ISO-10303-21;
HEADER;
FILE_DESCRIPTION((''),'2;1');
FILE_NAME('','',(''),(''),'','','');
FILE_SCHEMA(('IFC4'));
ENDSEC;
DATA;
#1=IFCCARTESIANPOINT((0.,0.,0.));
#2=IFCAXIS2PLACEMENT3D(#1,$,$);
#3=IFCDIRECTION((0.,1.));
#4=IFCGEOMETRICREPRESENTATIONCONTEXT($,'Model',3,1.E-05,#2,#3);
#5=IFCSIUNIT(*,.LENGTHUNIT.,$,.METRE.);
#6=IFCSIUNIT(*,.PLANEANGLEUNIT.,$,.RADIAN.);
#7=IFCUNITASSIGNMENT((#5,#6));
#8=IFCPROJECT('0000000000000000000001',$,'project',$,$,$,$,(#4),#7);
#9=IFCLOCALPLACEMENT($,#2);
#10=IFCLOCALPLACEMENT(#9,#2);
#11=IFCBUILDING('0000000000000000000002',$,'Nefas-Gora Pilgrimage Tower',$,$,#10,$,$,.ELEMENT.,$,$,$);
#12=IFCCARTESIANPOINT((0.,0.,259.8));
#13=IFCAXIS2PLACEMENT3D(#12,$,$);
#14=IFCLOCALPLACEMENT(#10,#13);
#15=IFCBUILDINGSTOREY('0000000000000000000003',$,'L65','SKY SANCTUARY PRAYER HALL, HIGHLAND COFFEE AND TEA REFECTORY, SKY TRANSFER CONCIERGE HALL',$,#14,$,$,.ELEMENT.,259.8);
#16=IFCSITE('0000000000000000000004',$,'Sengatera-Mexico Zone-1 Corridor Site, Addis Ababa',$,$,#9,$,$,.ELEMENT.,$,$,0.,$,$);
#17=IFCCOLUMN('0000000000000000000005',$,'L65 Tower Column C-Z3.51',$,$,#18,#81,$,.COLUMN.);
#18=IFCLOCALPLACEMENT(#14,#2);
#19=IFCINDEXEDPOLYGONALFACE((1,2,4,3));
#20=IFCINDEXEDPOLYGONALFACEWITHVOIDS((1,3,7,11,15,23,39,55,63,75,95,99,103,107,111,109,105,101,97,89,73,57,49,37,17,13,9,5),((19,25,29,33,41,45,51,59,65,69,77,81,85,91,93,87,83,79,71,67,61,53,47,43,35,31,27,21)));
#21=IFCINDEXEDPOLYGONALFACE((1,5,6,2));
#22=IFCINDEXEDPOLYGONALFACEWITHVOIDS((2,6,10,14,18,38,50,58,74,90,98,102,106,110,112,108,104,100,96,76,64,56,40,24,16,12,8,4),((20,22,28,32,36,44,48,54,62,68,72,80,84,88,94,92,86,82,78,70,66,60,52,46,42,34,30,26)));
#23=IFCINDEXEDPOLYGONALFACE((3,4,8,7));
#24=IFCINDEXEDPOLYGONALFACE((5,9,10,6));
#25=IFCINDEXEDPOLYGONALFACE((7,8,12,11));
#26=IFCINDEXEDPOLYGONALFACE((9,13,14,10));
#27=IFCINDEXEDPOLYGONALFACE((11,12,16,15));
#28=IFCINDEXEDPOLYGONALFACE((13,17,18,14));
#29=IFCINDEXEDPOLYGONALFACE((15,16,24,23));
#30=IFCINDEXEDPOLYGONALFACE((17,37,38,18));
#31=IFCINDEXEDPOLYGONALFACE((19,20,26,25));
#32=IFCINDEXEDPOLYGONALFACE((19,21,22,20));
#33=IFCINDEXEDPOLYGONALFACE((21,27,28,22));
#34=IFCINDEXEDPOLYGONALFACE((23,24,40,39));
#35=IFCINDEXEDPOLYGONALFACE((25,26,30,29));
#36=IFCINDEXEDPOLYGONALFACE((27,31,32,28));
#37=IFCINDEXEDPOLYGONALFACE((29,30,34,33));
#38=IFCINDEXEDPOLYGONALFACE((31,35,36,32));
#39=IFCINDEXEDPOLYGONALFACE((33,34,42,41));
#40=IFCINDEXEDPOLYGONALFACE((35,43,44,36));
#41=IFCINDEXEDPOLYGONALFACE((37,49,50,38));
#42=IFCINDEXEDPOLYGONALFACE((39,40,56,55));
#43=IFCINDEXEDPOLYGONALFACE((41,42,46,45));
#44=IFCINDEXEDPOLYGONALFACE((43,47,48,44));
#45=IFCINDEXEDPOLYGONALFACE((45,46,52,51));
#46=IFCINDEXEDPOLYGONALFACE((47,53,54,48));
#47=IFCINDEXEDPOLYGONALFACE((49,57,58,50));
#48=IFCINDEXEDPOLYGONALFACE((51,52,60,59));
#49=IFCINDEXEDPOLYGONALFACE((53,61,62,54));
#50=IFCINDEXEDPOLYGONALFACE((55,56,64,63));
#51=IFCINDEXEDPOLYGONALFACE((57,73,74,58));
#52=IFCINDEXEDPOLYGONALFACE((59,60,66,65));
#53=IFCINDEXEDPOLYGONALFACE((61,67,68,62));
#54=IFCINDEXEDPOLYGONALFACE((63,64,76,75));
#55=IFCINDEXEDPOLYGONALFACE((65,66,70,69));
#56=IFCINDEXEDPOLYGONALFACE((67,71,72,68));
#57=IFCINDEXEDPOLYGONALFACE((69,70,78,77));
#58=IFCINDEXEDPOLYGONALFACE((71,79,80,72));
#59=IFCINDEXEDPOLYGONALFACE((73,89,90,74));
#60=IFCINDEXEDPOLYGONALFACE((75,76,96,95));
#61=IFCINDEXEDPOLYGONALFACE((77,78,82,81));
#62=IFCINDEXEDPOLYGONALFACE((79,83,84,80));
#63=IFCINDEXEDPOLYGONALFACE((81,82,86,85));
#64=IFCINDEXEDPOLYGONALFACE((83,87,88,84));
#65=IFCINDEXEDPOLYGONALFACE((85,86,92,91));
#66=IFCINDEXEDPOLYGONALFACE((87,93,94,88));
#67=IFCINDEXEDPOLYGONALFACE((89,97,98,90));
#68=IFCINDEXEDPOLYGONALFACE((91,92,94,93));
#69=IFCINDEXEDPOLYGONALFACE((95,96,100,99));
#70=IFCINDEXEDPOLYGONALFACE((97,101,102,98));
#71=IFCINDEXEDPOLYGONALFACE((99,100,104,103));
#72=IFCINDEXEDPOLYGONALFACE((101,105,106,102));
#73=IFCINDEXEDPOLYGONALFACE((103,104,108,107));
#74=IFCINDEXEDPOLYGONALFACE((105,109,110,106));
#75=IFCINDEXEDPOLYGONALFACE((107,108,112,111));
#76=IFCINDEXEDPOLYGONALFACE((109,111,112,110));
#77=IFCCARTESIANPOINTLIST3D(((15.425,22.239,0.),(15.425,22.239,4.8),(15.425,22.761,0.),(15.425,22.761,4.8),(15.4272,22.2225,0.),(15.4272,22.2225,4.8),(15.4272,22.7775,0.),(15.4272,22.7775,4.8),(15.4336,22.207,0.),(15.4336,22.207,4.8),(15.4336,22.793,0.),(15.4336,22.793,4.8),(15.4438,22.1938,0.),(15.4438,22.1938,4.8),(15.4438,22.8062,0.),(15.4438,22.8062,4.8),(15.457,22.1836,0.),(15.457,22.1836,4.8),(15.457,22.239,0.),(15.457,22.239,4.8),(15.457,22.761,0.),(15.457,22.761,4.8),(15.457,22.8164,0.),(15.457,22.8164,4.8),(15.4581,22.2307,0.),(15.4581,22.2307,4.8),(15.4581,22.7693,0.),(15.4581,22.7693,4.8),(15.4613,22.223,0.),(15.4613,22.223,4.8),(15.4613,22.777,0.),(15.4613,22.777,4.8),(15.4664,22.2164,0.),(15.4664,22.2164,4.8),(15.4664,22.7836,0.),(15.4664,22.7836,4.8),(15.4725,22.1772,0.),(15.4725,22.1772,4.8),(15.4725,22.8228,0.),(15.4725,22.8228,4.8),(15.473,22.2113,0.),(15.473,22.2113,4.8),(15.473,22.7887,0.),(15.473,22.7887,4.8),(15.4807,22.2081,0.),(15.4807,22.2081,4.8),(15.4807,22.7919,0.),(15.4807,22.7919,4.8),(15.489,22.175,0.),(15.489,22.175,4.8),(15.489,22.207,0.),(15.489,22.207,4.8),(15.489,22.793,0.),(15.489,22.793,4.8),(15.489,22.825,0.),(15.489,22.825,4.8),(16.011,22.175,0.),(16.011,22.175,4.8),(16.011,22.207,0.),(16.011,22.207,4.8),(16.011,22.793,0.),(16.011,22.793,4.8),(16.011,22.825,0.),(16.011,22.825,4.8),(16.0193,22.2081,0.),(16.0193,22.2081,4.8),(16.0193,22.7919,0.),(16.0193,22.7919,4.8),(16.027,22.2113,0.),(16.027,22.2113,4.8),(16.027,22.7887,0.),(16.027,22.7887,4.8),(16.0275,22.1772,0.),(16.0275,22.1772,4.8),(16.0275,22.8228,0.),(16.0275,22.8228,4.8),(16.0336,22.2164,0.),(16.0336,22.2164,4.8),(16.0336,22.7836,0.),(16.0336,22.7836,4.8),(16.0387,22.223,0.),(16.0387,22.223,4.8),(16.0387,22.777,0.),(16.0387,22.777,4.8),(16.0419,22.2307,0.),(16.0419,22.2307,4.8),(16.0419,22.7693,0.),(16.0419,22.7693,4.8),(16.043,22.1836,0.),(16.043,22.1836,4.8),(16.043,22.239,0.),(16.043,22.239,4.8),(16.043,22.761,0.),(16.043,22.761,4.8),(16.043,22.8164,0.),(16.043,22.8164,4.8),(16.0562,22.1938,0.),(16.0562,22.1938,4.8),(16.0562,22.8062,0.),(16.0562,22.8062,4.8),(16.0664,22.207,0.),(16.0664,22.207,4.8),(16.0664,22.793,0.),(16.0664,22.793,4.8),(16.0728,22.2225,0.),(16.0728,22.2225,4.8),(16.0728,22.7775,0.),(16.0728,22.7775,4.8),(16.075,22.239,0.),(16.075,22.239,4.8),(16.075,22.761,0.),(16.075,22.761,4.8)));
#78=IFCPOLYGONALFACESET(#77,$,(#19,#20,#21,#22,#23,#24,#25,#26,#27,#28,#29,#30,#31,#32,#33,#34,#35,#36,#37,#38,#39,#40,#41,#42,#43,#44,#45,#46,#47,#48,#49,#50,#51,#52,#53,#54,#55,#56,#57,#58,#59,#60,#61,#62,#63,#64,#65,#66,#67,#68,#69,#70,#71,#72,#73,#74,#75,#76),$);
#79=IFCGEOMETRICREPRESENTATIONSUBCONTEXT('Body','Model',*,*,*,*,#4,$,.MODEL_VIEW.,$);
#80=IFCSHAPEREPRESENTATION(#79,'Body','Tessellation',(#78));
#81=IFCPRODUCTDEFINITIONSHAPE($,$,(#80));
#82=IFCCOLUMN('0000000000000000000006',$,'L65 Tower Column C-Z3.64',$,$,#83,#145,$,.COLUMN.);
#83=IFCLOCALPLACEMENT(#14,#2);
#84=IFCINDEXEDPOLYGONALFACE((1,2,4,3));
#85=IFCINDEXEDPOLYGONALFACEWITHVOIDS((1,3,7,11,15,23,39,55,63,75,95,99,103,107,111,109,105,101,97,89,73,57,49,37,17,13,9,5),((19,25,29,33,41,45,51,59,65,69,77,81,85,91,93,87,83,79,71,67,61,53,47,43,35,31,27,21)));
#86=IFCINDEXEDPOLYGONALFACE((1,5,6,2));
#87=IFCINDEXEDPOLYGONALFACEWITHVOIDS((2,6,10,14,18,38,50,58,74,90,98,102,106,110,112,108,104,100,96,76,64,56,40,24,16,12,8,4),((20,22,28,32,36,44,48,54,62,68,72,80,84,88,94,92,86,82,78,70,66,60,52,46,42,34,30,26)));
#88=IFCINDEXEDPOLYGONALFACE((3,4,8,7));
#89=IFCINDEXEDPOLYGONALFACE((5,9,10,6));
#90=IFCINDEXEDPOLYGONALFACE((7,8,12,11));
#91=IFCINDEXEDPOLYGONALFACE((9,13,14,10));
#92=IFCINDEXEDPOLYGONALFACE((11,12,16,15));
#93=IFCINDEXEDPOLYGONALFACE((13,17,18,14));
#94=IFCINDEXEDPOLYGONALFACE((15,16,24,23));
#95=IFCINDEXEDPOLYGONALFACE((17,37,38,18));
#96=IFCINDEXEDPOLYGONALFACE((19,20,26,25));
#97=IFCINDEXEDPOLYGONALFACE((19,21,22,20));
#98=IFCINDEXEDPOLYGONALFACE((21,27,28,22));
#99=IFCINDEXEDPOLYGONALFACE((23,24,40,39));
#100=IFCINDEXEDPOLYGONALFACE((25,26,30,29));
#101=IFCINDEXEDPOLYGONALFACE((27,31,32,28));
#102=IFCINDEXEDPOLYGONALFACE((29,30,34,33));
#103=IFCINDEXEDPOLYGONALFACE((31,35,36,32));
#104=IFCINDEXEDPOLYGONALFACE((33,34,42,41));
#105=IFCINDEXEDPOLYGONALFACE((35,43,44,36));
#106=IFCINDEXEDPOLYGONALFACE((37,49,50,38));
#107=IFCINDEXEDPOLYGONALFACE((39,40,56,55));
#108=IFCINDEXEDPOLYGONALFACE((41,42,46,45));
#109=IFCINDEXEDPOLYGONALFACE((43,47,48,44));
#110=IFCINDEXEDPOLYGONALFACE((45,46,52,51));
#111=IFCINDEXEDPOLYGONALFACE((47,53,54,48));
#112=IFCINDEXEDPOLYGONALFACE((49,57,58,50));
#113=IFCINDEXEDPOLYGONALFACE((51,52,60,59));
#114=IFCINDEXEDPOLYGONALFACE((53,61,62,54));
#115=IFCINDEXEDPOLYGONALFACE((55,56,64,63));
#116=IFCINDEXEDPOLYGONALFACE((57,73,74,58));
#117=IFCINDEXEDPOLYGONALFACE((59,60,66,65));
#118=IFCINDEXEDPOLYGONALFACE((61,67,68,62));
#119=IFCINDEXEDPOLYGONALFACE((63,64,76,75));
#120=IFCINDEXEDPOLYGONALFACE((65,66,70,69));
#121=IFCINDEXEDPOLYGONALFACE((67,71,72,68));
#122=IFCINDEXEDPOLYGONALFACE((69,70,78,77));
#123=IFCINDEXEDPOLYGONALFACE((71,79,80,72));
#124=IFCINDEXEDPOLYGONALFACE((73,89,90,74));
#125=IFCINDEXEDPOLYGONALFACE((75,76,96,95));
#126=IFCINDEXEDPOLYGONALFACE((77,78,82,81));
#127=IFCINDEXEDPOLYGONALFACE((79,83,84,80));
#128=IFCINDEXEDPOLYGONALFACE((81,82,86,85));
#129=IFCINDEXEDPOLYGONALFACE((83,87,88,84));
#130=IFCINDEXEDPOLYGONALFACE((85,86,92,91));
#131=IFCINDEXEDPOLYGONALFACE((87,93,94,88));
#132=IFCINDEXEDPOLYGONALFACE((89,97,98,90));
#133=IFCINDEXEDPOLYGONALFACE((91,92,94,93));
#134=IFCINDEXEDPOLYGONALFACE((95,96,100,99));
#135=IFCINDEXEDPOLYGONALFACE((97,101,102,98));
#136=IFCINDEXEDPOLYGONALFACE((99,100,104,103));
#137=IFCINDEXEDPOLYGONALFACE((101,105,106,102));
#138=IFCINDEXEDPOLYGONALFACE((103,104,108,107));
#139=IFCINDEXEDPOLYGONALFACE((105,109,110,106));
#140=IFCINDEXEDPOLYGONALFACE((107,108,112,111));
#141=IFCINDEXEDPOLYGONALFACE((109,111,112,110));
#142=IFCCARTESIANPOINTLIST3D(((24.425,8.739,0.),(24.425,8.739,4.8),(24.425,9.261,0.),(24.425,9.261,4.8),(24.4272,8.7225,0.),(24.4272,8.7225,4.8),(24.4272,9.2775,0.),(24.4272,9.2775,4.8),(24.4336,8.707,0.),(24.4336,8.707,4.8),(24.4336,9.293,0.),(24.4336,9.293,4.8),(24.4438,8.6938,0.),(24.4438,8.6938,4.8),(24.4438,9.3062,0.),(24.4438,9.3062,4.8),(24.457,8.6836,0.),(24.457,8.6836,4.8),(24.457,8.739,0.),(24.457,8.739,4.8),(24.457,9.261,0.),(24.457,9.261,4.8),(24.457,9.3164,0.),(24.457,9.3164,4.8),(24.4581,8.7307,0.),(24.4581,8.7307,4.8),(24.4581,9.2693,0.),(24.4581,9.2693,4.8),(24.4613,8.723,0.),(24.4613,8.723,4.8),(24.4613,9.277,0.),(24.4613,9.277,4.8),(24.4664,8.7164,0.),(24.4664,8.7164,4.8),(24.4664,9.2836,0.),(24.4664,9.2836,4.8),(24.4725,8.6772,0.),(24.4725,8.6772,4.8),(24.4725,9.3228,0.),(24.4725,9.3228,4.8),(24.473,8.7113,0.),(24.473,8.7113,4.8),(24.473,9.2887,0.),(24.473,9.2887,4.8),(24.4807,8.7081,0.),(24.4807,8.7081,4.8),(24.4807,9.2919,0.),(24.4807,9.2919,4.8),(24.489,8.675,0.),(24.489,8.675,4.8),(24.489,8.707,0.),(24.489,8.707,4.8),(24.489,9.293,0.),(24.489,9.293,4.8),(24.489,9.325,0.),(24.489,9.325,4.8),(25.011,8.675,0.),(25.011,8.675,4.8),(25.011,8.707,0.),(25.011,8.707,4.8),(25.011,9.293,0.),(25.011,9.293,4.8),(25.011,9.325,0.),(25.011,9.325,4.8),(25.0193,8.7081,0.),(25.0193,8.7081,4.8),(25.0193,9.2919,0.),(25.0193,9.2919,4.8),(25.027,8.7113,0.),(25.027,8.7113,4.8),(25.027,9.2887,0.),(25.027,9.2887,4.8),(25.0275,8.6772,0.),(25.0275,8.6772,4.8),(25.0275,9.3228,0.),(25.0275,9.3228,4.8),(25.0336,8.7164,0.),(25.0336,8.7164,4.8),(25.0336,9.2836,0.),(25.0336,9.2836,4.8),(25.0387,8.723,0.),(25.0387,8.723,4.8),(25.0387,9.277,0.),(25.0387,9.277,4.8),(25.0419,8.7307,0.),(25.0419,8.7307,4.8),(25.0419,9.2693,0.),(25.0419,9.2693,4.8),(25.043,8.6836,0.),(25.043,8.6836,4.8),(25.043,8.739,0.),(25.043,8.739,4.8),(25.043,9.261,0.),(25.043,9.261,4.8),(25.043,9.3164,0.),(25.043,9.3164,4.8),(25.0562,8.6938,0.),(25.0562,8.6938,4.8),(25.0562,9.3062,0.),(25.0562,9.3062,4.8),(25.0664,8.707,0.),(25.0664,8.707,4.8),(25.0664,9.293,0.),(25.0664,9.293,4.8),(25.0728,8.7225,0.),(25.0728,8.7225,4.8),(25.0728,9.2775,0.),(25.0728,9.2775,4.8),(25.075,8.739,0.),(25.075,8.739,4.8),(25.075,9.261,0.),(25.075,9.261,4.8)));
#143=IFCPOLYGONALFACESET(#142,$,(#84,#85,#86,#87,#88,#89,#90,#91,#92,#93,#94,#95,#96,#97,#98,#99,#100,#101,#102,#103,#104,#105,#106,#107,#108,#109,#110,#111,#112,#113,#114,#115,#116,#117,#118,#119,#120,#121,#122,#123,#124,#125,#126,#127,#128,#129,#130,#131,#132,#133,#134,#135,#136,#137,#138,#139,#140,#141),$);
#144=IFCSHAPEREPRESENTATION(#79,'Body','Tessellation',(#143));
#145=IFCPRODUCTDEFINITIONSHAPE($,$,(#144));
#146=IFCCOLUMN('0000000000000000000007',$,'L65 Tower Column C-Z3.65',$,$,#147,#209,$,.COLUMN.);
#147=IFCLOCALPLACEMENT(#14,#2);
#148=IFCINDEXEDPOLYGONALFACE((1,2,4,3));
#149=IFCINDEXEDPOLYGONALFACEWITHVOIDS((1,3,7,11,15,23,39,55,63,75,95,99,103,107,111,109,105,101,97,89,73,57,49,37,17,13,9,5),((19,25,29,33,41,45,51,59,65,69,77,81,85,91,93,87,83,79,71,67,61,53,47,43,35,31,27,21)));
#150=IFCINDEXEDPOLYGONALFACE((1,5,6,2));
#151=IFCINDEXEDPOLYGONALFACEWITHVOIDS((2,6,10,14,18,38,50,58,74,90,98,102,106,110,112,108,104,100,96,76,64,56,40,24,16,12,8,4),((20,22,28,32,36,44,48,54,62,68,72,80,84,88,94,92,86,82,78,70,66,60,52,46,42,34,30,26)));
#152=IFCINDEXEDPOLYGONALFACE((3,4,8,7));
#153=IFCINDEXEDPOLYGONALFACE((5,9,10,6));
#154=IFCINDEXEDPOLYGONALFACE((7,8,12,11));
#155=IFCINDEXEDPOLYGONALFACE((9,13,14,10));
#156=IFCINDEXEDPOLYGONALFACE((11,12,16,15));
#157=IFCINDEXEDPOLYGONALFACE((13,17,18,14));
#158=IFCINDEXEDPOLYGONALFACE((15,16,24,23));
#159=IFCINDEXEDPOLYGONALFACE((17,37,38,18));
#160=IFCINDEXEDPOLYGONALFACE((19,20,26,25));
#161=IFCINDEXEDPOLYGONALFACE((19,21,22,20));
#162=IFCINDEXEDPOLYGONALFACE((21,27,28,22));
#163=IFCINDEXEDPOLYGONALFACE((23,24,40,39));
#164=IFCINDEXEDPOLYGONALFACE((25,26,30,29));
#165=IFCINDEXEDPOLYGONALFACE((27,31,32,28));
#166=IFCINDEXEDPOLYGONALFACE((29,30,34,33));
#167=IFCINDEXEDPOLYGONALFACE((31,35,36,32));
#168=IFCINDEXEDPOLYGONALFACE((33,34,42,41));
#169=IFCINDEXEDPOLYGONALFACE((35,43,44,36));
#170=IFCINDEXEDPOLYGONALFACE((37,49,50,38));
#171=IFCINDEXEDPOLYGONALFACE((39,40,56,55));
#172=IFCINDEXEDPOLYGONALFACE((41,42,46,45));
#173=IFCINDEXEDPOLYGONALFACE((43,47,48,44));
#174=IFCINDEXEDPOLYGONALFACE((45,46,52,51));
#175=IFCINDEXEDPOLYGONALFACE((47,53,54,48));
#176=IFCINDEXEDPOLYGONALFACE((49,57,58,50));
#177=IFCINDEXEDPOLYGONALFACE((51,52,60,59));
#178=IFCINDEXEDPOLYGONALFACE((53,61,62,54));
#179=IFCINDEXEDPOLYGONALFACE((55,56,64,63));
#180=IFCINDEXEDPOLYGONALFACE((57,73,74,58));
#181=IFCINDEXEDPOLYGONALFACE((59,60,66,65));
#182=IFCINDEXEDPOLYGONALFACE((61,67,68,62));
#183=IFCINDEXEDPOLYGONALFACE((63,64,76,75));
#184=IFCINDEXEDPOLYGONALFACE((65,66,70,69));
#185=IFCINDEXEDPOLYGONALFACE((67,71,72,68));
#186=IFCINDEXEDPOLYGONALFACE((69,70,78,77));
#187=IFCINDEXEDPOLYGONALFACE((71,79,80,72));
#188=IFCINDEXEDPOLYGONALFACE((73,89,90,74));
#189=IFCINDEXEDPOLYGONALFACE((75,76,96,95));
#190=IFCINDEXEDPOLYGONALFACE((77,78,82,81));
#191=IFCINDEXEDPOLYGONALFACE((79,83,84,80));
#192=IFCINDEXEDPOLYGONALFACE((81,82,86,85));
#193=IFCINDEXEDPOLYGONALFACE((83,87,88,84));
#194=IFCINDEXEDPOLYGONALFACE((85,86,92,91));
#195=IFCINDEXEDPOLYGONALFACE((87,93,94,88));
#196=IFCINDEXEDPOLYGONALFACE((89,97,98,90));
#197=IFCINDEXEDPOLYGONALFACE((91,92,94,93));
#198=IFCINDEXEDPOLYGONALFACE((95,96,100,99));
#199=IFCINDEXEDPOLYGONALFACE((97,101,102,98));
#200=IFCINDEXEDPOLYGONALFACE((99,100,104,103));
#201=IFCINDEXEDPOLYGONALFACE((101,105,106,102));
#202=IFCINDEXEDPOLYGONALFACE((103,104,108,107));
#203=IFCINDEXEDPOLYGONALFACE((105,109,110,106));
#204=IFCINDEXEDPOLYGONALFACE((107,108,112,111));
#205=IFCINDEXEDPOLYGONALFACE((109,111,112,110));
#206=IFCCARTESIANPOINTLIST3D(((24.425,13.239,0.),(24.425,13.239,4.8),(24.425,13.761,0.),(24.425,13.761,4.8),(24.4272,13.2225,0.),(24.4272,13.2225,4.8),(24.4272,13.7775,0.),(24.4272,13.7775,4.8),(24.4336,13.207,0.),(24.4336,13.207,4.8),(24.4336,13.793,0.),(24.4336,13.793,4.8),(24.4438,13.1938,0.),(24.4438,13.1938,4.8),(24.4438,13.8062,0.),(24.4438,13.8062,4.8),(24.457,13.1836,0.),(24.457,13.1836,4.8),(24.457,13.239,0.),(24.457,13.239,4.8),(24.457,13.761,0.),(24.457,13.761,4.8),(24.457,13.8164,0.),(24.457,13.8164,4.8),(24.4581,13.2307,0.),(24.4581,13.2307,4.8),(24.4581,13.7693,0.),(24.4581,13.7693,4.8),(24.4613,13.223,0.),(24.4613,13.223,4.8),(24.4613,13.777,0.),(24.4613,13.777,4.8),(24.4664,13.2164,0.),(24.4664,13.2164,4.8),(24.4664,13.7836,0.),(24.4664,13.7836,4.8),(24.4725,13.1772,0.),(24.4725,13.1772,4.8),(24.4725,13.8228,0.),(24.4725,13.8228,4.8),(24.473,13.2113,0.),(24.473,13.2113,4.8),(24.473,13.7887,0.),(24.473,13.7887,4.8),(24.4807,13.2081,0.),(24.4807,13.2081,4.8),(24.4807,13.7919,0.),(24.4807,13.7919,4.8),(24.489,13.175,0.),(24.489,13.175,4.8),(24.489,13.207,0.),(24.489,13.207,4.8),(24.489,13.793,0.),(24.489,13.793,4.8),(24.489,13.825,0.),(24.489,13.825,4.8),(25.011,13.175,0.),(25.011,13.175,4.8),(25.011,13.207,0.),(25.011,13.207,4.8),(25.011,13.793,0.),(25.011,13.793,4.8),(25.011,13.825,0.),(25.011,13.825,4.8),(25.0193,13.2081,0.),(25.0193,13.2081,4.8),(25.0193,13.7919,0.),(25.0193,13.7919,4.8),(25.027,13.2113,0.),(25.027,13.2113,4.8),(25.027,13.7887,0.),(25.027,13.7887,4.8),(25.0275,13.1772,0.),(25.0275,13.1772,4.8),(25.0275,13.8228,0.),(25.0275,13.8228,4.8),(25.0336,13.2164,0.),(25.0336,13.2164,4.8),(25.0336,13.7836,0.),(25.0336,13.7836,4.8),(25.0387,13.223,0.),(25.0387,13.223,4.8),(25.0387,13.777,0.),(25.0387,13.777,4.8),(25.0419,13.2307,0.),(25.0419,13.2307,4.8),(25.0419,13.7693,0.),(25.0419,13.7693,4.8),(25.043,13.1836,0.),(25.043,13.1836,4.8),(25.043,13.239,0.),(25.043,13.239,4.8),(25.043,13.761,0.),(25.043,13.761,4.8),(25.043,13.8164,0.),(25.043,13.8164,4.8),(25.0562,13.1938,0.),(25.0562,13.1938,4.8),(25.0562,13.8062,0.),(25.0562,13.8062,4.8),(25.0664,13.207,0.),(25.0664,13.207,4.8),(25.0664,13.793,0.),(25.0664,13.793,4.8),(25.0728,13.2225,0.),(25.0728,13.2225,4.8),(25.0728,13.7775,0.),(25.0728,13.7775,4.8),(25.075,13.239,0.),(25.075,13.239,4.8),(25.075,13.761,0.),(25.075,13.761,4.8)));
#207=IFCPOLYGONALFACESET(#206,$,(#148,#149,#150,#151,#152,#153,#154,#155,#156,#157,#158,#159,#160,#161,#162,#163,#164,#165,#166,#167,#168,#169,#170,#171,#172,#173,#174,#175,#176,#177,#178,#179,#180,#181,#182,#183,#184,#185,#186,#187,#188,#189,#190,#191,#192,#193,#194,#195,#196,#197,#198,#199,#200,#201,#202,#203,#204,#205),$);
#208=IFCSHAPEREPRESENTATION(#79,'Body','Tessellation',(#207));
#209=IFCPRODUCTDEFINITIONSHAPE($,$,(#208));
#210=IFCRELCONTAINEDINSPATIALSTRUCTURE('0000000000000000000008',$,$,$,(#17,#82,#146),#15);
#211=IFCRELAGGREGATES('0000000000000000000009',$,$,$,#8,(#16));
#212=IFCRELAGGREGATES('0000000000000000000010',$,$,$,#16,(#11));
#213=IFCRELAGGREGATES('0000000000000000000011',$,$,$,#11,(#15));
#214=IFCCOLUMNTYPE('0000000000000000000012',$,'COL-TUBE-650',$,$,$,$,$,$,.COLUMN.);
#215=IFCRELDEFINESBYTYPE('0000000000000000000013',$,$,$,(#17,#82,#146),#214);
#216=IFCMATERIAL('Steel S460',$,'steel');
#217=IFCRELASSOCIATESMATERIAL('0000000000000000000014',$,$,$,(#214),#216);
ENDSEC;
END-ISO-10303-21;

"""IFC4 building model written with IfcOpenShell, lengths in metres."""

from ifc_helpers import new_model, si_unit, direction, frame, origin, origin_2d, place, context, subcontext, project, spatial, hollow_rectangle, extrude, source, transform, mapped, material, material_profile, profile_set, type_object, element, save


model = new_model("IFC4")

# Units and contexts
model_context = context("Model", 3, precision=1e-05, world=origin(), true_north=direction((0.0, 1.0)))
body_context = subcontext(model_context, "Body", "Model", "MODEL_VIEW")
ifc_project = project(units=[si_unit("LENGTHUNIT", "METRE"), si_unit("PLANEANGLEUNIT", "RADIAN")], contexts=[model_context])

# Site, building, storey
site_placement = place(None, origin())
site = spatial("IfcSite", under=ifc_project, at=site_placement, Name="Sengatera-Mexico Zone-1 Corridor Site, Addis Ababa", CompositionType="ELEMENT", RefElevation=0.0)
building_placement = place(site_placement, origin())
building = spatial("IfcBuilding", under=site, at=building_placement, Name="Nefas-Gora Pilgrimage Tower", CompositionType="ELEMENT")
storey_placement = place(building_placement, frame((0.0, 0.0, 259.8)))
storey = spatial("IfcBuildingStorey", under=building, at=storey_placement, Name="L65", Description="SKY SANCTUARY PRAYER HALL, HIGHLAND COFFEE AND TEA REFECTORY, SKY TRANSFER CONCIERGE HALL", CompositionType="ELEMENT", Elevation=259.8)

# Columns
ifc_material_1 = material(Name="Steel S460", Category="steel")
ifc_material_profile_1 = material_profile(ifc_material_1, hollow_rectangle(XDim=0.6499, YDim=0.6499, WallThickness=0.032, InnerFilletRadius=0.032, OuterFilletRadius=0.064, at=origin_2d()), Name="BOX 650x650x32")
ifc_profile_set_1 = profile_set([ifc_material_profile_1], Name="Steel S460")
column_type_1 = type_object("IfcColumnType", Name="COL-TUBE-650", PredefinedType="COLUMN", material=ifc_profile_set_1)
shared_shape_1 = source(origin(), body_context, "Body", "SweptSolid", [
    extrude(hollow_rectangle(XDim=0.6499, YDim=0.6499, WallThickness=0.032, InnerFilletRadius=0.032, OuterFilletRadius=0.064, at=origin_2d()), origin(), (0.0, 0.0, 1.0), 4.8),
])
for number, where, z_axis, x_axis, name in (
    (1, (15.75, 22.5, 0.0), (0.0, 0.0, 1.0), (1.0, 0.0, 0.0), "L65 Tower Column C-Z3.51"),
    (2, (24.75, 9.0, 0.0), (0.0, 0.0, 1.0), (1.0, 0.0, 0.0), "L65 Tower Column C-Z3.64"),
    (3, (24.75, 13.5, 0.0), (0.0, 0.0, 1.0), (1.0, 0.0, 0.0), "L65 Tower Column C-Z3.65"),
):
    element("IfcColumn", number, at=place(storey_placement, frame(where, z_axis=z_axis, x_axis=x_axis)), inside=storey, type_object=column_type_1, Name=name, PredefinedType="COLUMN", context=body_context, shape_type="MappedRepresentation", body=[
        mapped(shared_shape_1, transform((0.0, 0.0, 0.0), x_axis=(1.0, 0.0, 0.0), y_axis=(0.0, 1.0, 0.0), z_axis=(0.0, 0.0, 1.0), scale=1.0)),
    ])

save(model, "model.ifc")
